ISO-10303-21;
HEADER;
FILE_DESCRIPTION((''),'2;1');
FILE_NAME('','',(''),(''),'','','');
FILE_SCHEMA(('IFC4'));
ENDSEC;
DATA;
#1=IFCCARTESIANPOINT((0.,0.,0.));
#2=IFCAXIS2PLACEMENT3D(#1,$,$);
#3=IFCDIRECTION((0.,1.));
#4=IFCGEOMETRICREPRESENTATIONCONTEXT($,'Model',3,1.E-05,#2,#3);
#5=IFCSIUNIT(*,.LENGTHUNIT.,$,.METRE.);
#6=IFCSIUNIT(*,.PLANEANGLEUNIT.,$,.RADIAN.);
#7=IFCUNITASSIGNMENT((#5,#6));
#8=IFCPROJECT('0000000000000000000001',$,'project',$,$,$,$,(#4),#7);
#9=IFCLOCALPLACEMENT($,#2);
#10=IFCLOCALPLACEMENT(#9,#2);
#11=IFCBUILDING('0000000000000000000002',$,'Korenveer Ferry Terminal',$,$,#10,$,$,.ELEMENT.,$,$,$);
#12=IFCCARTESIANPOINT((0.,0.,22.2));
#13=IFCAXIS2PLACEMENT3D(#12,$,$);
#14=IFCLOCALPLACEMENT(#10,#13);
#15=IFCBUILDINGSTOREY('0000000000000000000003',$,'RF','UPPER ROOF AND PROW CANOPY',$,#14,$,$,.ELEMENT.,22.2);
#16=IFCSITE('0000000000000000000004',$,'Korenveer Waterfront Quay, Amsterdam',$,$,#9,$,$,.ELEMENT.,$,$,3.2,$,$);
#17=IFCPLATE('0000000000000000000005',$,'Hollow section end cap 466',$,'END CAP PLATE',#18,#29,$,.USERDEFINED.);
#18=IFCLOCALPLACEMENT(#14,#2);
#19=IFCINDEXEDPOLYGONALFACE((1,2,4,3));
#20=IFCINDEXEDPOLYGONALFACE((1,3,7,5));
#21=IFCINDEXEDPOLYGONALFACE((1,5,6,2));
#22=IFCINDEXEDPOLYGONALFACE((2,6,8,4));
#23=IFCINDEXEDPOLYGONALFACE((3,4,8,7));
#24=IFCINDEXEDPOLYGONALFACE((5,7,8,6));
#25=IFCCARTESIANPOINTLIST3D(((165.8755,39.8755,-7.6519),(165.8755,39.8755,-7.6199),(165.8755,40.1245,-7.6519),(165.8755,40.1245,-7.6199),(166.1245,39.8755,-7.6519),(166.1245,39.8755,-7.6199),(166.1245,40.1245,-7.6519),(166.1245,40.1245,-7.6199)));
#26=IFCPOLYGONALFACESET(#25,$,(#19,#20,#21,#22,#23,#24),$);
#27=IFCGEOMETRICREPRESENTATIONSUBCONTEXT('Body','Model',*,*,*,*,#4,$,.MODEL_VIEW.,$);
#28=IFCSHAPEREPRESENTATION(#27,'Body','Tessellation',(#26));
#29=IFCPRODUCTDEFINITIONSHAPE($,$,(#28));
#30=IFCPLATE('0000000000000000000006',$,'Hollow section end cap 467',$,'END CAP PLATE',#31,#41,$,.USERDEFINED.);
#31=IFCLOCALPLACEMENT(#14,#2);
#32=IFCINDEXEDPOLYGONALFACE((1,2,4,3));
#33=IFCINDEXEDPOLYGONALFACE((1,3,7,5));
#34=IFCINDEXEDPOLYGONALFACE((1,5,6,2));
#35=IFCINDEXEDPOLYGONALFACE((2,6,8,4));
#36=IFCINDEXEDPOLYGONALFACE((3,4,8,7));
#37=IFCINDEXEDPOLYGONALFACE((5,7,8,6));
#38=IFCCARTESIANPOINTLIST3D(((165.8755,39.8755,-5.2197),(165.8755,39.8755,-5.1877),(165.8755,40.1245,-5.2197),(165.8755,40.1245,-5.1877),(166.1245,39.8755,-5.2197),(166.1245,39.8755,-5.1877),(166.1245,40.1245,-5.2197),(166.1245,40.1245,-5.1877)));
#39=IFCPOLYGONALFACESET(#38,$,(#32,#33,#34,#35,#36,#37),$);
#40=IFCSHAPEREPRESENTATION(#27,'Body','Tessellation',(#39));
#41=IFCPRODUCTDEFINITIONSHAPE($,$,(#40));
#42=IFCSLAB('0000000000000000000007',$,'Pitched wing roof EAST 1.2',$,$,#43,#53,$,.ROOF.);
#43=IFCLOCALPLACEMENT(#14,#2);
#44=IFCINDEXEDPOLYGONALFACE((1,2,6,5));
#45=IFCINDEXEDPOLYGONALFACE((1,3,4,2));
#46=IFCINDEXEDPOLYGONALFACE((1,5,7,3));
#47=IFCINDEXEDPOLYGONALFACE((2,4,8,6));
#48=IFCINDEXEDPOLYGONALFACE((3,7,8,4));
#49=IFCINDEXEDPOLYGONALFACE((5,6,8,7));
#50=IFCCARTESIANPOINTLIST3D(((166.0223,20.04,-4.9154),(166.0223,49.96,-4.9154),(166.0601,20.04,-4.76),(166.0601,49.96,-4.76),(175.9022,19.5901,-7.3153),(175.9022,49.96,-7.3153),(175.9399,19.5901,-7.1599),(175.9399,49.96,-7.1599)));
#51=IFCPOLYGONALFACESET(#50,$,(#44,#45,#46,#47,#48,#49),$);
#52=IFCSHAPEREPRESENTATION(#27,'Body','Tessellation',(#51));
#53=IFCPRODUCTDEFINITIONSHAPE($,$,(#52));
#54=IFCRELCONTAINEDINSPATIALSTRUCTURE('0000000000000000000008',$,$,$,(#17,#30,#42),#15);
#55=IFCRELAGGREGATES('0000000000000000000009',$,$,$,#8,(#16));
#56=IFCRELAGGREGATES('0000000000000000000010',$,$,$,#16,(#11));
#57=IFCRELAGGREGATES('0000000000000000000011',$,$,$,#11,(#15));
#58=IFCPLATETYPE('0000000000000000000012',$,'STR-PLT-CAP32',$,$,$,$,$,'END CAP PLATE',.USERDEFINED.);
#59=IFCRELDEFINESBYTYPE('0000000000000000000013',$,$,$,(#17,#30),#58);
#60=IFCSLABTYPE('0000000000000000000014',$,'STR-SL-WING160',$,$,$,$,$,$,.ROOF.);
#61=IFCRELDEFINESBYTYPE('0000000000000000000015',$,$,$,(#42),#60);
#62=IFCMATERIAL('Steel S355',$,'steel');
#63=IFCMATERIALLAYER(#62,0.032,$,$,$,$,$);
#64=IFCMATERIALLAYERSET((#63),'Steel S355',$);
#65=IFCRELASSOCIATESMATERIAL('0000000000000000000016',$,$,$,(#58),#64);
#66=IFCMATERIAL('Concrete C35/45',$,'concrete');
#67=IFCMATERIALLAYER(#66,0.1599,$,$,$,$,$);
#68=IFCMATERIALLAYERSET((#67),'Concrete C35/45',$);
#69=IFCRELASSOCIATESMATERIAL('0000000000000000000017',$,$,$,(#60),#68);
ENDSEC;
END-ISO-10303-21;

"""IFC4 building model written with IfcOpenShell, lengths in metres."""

from ifc_helpers import new_model, si_unit, direction, frame, origin, origin_2d, place, context, subcontext, project, spatial, polyline, rectangle, outline, extrude, material, layer, layer_set, type_object, element, save


model = new_model("IFC4")

# Units and contexts
model_context = context("Model", 3, precision=1e-05, world=origin(), true_north=direction((0.0, 1.0)))
body_context = subcontext(model_context, "Body", "Model", "MODEL_VIEW")
ifc_project = project(units=[si_unit("LENGTHUNIT", "METRE"), si_unit("PLANEANGLEUNIT", "RADIAN")], contexts=[model_context])

# Site, building, storey
site_placement = place(None, origin())
site = spatial("IfcSite", under=ifc_project, at=site_placement, Name="Korenveer Waterfront Quay, Amsterdam", CompositionType="ELEMENT", RefElevation=3.2)
building_placement = place(site_placement, origin())
building = spatial("IfcBuilding", under=site, at=building_placement, Name="Korenveer Ferry Terminal", CompositionType="ELEMENT")
storey_placement = place(building_placement, frame((0.0, 0.0, 22.2)))
storey = spatial("IfcBuildingStorey", under=building, at=storey_placement, Name="RF", Description="UPPER ROOF AND PROW CANOPY", CompositionType="ELEMENT", Elevation=22.2)

# Shared definitions
ifc_material_1 = material(Name="Steel S355", Category="steel")

# Plates
ifc_layer_1 = layer(ifc_material_1, 0.032)
ifc_layer_set_1 = layer_set([ifc_layer_1], Name="Steel S355")
plate_type = type_object("IfcPlateType", Name="STR-PLT-CAP32", ElementType="END CAP PLATE", PredefinedType="USERDEFINED", material=ifc_layer_set_1)
for number, where, z_axis, x_axis, name in (
    (1, (166.0, 40.0, -7.6519), (0.0, 0.0, 1.0), (1.0, 0.0, 0.0), "Hollow section end cap 466"),
    (2, (166.0, 40.0, -5.2197), (0.0, 0.0, 1.0), (1.0, 0.0, 0.0), "Hollow section end cap 467"),
):
    element("IfcPlate", number, at=place(storey_placement, frame(where, z_axis=z_axis, x_axis=x_axis)), inside=storey, type_object=plate_type, Name=name, ObjectType="END CAP PLATE", PredefinedType="USERDEFINED", context=body_context, shape_type="SweptSolid", body=[
        extrude(rectangle(XDim=0.249, YDim=0.249, at=origin_2d()), origin(), (0.0, 0.0, 1.0), 0.032),
    ])

# Slab
ifc_material_2 = material(Name="Concrete C35/45", Category="concrete")
ifc_layer_2 = layer(ifc_material_2, 0.1599)
ifc_layer_set_2 = layer_set([ifc_layer_2], Name="Concrete C35/45")
slab_type = type_object("IfcSlabType", Name="STR-SL-WING160", PredefinedType="ROOF", material=ifc_layer_set_2)
slab_placement = place(storey_placement, frame((166.0601, 20.04, -4.76), z_axis=(0.236044, 0.0, 0.971742), x_axis=(0.970792, -0.044212, -0.235813)))
element("IfcSlab", 3, at=slab_placement, inside=storey, type_object=slab_type, Name="Pitched wing roof EAST 1.2", PredefinedType="ROOF", context=body_context, shape_type="SweptSolid", body=[
    extrude(outline(polyline([(0.0, 0.0), (10.1771, 0.0), (8.8344, 30.3402), (-1.3228, 29.8907), (0.0, 0.0)])), origin(), (0.0, 0.0, -1.0), 0.1599),
])

save(model, "model.ifc")
